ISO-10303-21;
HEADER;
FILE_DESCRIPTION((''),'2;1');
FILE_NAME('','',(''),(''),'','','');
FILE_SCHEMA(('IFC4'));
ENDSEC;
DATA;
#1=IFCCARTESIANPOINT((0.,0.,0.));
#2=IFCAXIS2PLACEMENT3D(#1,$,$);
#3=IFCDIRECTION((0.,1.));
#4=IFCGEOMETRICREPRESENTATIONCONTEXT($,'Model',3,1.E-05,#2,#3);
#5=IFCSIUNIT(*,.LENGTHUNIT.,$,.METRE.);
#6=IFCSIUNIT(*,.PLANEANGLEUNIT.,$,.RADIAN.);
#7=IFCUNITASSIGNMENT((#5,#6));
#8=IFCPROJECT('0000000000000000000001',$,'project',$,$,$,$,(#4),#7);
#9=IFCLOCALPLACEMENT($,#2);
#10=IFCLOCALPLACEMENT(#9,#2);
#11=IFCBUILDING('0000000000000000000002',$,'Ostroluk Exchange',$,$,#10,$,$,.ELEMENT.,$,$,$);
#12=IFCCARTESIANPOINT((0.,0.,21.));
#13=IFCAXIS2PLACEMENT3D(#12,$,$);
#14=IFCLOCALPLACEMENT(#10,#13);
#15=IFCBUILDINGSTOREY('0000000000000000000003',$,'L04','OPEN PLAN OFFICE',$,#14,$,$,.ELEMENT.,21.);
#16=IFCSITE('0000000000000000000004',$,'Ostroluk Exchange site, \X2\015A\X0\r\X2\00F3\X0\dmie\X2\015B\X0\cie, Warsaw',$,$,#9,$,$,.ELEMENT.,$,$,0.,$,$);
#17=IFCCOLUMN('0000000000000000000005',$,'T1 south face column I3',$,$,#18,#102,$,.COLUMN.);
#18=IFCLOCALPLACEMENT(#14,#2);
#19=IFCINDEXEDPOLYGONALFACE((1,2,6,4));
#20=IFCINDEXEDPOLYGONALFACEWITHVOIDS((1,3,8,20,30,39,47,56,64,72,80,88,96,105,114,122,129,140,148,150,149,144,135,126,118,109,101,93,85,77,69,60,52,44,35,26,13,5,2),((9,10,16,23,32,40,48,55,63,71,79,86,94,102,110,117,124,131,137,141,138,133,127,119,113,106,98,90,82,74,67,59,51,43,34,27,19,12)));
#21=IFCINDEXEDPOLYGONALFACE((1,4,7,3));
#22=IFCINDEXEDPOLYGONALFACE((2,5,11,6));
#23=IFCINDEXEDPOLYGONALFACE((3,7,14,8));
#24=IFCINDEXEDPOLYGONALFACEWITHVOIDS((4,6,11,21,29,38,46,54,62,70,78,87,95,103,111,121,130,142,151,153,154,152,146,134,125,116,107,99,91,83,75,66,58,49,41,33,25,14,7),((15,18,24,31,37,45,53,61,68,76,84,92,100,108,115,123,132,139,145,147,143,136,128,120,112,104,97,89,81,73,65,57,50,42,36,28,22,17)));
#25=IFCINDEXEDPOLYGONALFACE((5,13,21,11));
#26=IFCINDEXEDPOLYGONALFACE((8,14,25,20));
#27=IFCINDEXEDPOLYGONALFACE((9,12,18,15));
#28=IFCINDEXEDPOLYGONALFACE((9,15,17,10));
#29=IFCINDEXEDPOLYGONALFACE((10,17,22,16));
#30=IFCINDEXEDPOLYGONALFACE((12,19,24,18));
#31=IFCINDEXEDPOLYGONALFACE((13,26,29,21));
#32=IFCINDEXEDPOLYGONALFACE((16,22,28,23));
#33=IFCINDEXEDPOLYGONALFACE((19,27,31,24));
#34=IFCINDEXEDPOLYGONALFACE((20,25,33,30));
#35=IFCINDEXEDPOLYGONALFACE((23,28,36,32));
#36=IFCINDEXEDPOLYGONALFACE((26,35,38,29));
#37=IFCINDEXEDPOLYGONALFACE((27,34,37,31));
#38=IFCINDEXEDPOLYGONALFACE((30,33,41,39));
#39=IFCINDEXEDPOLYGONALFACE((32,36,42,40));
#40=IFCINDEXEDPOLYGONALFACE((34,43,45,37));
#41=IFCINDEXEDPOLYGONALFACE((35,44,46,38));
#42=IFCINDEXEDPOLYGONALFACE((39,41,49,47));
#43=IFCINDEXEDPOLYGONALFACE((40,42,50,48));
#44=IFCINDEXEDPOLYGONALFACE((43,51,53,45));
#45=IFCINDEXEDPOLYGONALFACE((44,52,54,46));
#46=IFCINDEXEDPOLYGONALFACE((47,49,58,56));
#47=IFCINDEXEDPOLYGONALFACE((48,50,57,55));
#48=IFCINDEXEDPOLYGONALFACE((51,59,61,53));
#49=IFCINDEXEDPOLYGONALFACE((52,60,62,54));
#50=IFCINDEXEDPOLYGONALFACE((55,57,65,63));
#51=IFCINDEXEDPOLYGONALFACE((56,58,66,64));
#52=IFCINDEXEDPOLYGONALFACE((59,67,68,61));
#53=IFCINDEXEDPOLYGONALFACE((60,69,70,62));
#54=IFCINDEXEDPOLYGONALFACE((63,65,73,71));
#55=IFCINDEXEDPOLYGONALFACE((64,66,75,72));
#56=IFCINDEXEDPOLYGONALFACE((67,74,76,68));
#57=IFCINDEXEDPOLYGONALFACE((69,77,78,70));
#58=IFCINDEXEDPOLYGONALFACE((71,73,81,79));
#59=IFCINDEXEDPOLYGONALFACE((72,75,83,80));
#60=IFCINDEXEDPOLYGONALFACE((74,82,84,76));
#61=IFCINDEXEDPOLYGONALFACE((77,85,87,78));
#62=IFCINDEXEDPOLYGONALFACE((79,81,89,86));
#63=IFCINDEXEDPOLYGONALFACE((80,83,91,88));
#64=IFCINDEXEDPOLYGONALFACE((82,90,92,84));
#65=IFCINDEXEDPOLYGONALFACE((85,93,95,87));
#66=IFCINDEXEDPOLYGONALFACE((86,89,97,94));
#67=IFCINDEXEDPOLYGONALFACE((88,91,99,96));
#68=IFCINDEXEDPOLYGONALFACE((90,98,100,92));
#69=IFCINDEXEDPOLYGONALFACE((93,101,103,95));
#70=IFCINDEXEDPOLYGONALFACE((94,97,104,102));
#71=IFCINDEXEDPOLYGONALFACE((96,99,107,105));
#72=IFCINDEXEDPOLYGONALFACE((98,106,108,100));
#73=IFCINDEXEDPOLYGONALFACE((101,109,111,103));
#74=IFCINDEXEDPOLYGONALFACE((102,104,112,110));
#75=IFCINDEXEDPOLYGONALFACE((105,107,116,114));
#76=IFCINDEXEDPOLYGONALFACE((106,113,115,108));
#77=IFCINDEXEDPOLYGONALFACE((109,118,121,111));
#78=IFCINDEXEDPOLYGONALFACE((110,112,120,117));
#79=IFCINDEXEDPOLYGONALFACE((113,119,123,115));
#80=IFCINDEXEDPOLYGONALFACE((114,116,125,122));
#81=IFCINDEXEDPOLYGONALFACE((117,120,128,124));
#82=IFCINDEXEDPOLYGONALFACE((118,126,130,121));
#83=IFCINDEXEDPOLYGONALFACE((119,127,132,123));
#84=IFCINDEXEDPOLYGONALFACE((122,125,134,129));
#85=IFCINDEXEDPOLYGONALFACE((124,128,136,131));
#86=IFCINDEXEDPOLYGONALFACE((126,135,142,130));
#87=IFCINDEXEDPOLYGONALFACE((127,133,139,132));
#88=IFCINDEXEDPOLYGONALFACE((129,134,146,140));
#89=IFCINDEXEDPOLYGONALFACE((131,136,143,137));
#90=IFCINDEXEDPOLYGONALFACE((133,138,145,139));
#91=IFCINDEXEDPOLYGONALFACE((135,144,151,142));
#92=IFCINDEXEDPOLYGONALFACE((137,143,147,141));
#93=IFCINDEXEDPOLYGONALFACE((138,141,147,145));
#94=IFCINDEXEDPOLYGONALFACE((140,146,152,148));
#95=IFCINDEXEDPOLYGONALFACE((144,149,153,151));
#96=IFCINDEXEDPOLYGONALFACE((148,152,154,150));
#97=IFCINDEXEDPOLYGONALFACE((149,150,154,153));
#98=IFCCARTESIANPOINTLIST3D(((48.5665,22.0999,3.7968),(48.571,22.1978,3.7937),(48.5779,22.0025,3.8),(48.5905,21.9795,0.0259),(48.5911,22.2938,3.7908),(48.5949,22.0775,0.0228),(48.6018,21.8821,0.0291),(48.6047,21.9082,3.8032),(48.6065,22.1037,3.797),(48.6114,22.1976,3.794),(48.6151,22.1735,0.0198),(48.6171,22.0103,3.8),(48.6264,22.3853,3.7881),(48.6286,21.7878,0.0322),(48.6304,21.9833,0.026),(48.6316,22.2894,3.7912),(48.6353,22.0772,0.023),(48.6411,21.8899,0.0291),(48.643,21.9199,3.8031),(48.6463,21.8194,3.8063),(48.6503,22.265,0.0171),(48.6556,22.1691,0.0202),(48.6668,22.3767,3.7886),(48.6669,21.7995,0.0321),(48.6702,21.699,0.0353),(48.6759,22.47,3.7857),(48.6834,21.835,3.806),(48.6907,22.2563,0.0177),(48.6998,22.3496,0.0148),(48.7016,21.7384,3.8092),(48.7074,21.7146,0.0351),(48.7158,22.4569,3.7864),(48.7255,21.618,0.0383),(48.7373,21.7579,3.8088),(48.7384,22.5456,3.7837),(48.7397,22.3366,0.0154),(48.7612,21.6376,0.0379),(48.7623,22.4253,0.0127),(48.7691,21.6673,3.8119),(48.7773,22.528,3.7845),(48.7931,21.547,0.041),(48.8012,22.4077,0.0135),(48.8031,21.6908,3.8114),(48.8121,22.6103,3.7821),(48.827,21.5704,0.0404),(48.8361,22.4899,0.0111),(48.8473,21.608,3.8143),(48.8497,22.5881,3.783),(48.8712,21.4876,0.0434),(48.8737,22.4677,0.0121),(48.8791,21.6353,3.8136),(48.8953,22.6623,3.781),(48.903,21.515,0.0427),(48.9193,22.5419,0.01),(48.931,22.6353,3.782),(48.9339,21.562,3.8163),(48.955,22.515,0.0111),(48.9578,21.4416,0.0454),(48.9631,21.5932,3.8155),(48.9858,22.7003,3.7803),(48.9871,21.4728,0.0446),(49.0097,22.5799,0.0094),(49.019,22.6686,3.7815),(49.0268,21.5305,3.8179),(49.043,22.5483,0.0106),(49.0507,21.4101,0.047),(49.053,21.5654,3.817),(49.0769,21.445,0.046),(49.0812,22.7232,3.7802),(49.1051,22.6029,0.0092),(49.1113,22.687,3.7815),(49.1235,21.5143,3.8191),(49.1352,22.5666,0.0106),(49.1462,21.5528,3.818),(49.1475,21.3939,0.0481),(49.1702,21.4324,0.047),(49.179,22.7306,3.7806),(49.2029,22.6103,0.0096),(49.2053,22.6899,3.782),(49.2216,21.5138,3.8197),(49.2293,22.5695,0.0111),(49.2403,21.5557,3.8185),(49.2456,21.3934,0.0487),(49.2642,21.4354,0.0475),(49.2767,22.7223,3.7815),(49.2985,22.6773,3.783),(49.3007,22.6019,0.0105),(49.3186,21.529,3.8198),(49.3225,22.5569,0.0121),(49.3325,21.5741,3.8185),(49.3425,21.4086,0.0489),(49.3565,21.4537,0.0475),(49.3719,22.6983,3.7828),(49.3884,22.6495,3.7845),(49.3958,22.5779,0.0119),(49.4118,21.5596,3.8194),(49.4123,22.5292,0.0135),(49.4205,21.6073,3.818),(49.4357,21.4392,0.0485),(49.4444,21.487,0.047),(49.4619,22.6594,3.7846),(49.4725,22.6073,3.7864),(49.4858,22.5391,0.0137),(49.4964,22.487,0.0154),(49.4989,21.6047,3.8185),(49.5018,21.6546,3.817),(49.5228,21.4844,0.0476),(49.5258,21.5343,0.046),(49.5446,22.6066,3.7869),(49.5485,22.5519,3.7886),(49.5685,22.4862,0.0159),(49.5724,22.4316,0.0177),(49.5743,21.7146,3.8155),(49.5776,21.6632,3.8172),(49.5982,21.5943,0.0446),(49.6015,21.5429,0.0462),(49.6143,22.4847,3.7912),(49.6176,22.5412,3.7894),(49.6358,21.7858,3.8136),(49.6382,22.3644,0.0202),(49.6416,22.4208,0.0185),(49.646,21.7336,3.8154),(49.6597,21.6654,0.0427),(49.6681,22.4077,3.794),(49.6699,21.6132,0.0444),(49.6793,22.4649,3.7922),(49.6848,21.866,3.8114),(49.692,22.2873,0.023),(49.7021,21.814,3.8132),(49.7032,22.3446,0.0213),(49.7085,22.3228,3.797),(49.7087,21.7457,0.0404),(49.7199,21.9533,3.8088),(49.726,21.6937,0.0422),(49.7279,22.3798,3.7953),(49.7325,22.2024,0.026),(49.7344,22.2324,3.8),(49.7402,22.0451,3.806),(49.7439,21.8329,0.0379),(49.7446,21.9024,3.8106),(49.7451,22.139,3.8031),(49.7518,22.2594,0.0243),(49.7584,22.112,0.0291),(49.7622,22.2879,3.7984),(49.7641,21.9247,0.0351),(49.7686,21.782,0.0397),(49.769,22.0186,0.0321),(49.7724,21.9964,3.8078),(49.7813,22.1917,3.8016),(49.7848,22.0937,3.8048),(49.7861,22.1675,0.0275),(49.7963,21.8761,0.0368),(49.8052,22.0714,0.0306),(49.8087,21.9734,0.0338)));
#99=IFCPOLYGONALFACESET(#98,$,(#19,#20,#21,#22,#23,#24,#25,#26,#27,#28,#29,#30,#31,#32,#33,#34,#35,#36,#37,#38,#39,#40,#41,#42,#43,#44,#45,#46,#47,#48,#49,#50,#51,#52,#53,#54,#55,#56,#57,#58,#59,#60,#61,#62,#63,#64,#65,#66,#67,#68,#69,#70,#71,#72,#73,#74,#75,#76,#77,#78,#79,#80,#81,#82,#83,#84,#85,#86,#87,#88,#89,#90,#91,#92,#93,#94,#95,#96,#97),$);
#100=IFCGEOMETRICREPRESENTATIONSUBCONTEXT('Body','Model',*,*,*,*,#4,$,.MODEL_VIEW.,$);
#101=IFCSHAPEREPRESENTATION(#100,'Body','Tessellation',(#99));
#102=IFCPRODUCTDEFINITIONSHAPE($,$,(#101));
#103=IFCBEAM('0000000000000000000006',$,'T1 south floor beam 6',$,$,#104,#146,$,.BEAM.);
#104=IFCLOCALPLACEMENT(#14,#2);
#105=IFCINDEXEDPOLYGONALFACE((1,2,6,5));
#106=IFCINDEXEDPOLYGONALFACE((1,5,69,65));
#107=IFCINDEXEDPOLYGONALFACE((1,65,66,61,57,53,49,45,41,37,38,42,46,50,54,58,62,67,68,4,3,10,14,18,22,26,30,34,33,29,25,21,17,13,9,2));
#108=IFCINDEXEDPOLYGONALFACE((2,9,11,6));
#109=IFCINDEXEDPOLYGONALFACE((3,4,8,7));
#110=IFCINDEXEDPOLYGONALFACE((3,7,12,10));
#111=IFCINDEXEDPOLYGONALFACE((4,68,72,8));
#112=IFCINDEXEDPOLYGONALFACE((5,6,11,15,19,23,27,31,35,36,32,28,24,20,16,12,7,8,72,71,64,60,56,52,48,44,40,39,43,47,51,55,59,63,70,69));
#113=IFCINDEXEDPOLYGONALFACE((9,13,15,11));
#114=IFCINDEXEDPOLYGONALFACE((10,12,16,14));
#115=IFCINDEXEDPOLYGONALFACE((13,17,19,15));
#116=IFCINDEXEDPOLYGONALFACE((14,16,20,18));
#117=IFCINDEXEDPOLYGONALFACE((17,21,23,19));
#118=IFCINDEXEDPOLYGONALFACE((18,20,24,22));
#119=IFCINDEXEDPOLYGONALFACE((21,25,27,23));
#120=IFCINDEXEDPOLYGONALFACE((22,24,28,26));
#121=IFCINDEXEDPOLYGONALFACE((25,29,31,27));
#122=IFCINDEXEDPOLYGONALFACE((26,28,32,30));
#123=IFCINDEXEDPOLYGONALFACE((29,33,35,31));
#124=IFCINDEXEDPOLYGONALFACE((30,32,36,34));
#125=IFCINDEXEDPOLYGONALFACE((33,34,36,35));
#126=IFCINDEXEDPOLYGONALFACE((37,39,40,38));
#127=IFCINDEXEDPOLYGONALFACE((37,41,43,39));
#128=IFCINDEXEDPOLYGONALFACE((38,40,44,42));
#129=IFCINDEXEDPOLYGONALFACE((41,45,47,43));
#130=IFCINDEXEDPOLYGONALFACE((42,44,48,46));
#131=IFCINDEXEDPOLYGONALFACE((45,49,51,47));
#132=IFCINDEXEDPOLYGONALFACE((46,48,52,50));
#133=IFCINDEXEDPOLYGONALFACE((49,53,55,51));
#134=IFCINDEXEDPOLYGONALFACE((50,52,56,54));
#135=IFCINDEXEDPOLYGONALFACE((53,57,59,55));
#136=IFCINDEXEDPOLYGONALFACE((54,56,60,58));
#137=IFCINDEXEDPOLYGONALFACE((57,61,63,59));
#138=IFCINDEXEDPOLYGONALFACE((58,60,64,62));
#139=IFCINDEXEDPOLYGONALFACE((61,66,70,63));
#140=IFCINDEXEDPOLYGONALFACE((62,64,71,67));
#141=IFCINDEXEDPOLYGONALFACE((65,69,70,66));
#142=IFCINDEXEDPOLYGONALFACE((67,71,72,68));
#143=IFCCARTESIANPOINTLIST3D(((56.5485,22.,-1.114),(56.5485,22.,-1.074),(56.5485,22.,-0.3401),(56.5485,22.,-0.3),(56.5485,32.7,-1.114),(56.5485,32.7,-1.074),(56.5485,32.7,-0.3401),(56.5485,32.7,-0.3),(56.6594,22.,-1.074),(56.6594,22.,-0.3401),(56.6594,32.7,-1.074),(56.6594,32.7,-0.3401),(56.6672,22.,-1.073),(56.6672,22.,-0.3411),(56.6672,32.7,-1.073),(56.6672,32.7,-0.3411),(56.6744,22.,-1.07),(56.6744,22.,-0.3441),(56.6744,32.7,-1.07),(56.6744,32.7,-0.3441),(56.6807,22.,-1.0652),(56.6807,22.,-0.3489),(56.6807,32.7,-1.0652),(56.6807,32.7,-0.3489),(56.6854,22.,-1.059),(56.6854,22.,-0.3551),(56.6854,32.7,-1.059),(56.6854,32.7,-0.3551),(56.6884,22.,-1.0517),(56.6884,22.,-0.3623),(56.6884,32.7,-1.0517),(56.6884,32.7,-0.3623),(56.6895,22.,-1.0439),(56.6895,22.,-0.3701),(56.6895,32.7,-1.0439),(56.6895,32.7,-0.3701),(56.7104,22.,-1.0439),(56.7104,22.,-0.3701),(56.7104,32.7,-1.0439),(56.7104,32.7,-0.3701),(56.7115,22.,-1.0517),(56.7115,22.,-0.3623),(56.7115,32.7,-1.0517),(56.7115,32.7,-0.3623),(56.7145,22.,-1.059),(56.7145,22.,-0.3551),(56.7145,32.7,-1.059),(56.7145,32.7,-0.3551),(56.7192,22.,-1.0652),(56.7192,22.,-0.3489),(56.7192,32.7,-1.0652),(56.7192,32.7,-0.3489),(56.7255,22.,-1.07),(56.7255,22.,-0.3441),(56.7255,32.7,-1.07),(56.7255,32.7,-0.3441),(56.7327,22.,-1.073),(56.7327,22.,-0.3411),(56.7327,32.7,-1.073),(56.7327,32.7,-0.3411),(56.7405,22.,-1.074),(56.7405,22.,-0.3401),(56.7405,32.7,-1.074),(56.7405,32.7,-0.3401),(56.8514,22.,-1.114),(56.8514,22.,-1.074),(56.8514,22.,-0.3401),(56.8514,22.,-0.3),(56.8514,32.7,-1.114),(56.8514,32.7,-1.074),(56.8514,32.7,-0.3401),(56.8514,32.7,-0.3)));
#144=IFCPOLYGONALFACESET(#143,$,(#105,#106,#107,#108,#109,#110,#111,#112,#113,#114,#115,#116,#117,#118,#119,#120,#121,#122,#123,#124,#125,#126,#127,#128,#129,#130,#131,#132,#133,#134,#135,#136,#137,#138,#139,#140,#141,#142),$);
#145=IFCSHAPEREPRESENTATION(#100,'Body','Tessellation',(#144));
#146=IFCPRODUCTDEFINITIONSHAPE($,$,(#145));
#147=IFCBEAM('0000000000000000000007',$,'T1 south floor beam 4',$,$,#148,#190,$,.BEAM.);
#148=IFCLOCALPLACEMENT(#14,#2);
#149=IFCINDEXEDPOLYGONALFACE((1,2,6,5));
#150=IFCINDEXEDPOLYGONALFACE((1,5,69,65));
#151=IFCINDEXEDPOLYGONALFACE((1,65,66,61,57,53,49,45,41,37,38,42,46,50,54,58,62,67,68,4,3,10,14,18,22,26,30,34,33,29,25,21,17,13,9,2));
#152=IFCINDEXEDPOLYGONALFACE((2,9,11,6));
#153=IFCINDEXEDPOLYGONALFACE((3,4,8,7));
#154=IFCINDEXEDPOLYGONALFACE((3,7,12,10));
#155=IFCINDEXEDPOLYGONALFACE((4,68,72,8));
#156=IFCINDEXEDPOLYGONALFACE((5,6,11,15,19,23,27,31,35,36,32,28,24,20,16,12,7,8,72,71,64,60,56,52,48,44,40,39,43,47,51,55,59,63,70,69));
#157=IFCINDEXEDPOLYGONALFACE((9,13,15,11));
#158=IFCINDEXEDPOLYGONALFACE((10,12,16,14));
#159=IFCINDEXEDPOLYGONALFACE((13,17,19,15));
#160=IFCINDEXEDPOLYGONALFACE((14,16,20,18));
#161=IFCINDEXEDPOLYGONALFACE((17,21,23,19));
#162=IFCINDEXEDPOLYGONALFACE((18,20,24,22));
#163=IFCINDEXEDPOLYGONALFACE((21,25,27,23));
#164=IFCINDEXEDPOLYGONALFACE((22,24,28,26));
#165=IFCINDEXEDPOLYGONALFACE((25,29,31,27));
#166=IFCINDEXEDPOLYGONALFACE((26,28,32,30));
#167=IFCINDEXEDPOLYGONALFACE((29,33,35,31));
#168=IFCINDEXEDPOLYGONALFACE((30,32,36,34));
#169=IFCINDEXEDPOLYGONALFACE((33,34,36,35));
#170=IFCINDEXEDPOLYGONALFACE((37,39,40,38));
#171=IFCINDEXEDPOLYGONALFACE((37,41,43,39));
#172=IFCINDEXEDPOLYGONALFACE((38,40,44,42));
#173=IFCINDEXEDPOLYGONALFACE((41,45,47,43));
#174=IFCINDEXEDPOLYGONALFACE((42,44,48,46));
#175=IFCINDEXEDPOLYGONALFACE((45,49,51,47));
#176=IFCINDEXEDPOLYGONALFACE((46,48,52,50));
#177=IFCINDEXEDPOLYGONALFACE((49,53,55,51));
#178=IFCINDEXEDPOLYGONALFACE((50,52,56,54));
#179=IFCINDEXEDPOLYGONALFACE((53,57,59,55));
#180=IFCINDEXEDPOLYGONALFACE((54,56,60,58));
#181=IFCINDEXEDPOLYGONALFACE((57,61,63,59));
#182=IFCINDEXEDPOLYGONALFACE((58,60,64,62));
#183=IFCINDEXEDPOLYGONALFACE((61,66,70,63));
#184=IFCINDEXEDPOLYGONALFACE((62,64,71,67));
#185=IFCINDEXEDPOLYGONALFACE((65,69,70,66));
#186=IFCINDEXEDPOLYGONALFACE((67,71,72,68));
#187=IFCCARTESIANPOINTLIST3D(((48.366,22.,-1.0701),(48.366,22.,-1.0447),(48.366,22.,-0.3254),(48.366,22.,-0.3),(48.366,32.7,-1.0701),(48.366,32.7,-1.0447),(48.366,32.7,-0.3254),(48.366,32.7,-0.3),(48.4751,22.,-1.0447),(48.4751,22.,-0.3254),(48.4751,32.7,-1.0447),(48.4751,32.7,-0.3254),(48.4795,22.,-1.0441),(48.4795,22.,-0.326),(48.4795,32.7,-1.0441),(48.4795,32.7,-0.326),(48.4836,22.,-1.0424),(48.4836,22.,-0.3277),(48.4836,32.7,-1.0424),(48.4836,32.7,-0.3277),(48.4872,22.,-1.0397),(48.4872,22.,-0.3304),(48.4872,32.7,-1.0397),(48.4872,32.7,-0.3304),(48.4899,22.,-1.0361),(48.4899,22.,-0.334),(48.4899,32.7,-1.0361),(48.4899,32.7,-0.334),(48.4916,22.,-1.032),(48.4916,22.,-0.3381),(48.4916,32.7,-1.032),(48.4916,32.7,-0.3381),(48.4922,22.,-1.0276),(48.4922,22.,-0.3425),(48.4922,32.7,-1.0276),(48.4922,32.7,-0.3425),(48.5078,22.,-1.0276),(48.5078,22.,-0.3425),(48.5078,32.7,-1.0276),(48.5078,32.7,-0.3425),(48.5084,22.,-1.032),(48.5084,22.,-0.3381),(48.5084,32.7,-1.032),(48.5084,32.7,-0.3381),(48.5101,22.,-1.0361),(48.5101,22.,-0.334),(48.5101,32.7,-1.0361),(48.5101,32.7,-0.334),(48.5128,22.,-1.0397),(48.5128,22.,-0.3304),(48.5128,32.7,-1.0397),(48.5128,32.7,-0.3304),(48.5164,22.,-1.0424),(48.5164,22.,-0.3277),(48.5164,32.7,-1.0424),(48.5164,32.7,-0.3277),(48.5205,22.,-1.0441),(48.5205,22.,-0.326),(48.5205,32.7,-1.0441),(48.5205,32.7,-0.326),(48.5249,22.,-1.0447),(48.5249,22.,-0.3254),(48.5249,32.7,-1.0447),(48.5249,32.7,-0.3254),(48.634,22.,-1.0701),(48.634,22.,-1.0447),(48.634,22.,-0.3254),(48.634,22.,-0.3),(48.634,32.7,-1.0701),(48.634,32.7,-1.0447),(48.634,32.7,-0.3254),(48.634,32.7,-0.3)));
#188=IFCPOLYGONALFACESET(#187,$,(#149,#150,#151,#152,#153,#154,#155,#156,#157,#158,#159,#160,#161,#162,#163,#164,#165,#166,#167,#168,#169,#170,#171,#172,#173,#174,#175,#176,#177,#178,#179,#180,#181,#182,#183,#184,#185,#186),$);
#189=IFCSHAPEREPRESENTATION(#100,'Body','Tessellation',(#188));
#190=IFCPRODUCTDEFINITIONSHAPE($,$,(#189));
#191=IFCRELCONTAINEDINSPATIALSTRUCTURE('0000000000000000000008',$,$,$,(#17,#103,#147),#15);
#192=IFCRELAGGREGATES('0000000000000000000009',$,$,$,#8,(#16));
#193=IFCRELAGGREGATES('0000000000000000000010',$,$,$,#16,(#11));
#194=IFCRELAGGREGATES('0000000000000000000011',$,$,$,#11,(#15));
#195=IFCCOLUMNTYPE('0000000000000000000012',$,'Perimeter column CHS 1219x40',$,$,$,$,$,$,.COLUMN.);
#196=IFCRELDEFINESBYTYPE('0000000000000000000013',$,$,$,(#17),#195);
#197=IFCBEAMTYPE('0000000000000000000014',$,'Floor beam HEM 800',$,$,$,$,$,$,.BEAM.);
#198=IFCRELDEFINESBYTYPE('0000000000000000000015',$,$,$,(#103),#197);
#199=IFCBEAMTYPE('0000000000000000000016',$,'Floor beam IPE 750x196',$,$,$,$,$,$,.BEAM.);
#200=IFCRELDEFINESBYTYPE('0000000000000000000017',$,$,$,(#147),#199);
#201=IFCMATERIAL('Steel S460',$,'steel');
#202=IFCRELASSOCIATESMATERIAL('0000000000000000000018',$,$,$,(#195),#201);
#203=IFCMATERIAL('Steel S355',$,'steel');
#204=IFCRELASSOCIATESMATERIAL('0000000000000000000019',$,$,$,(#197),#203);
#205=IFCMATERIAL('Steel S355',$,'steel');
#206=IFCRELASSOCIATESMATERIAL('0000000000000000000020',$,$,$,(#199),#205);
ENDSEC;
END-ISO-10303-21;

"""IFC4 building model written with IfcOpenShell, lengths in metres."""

from ifc_helpers import new_model, si_unit, direction, frame, origin, origin_2d, place, context, subcontext, project, spatial, hollow_circle, i_section, extrude, material, material_profile, profile_set, type_object, element, save


model = new_model("IFC4")

# Units and contexts
model_context = context("Model", 3, precision=1e-05, world=origin(), true_north=direction((0.0, 1.0)))
body_context = subcontext(model_context, "Body", "Model", "MODEL_VIEW")
ifc_project = project(units=[si_unit("LENGTHUNIT", "METRE"), si_unit("PLANEANGLEUNIT", "RADIAN")], contexts=[model_context])

# Site, building, storey
site_placement = place(None, origin())
site = spatial("IfcSite", under=ifc_project, at=site_placement, Name="Ostroluk Exchange site, Śródmieście, Warsaw", CompositionType="ELEMENT", RefElevation=0.0)
building_placement = place(site_placement, origin())
building = spatial("IfcBuilding", under=site, at=building_placement, Name="Ostroluk Exchange", CompositionType="ELEMENT")
storey_placement = place(building_placement, frame((0.0, 0.0, 21.0)))
storey = spatial("IfcBuildingStorey", under=building, at=storey_placement, Name="L04", Description="OPEN PLAN OFFICE", CompositionType="ELEMENT", Elevation=21.0)

# Column
ifc_material_1 = material(Name="Steel S460", Category="steel")
ifc_material_profile_1 = material_profile(ifc_material_1, hollow_circle(Radius=0.6096, WallThickness=0.04, at=origin_2d()), Name="CHS 1219x40")
ifc_profile_set_1 = profile_set([ifc_material_profile_1], Name="Steel S460")
column_type = type_object("IfcColumnType", Name="Perimeter column CHS 1219x40", PredefinedType="COLUMN", material=ifc_profile_set_1)
column_placement = place(storey_placement, frame((49.1997, 22.001, 0.0291), z_axis=(-0.006341, 0.031901, 0.999471), x_axis=(-0.98081, -0.194968, 0.0)))
element("IfcColumn", 1, at=column_placement, inside=storey, type_object=column_type, Name="T1 south face column I3", PredefinedType="COLUMN", context=body_context, shape_type="SweptSolid", body=[
    extrude(hollow_circle(Radius=0.6096, WallThickness=0.04, at=origin_2d()), origin(), (0.0, 0.0, 1.0), 3.7729),
])

# Beams
ifc_material_2 = material(Name="Steel S355", Category="steel")
ifc_material_profile_2 = material_profile(ifc_material_2, i_section(OverallWidth=0.303, OverallDepth=0.814, WebThickness=0.021, FlangeThickness=0.04, FilletRadius=0.03, at=origin_2d()), Name="HEM 800")
ifc_profile_set_2 = profile_set([ifc_material_profile_2], Name="Steel S355")
beam_type_1 = type_object("IfcBeamType", Name="Floor beam HEM 800", PredefinedType="BEAM", material=ifc_profile_set_2)
beam_1_placement = place(storey_placement, frame((56.7, 32.7, -0.707), z_axis=(0.0, -1.0, 0.0), x_axis=(1.0, 0.0, 0.0)))
element("IfcBeam", 2, at=beam_1_placement, inside=storey, type_object=beam_type_1, Name="T1 south floor beam 6", PredefinedType="BEAM", context=body_context, shape_type="SweptSolid", body=[
    extrude(i_section(OverallWidth=0.303, OverallDepth=0.814, WebThickness=0.021, FlangeThickness=0.04, FilletRadius=0.03, at=origin_2d()), origin(), (0.0, 0.0, 1.0), 10.7),
])
ifc_material_3 = material(Name="Steel S355", Category="steel")
ifc_material_profile_3 = material_profile(ifc_material_3, i_section(OverallWidth=0.2681, OverallDepth=0.77, WebThickness=0.0156, FlangeThickness=0.0254, FilletRadius=0.0171, at=origin_2d()), Name="IPE 750x196")
ifc_profile_set_3 = profile_set([ifc_material_profile_3], Name="Steel S355")
beam_type_2 = type_object("IfcBeamType", Name="Floor beam IPE 750x196", PredefinedType="BEAM", material=ifc_profile_set_3)
for number, where, z_axis, x_axis, name in (
    (3, (48.5, 32.7, -0.6851), (0.0, -1.0, 0.0), (1.0, 0.0, 0.0), "T1 south floor beam 4"),
):
    element("IfcBeam", number, at=place(storey_placement, frame(where, z_axis=z_axis, x_axis=x_axis)), inside=storey, type_object=beam_type_2, Name=name, PredefinedType="BEAM", context=body_context, shape_type="SweptSolid", body=[
        extrude(i_section(OverallWidth=0.2681, OverallDepth=0.77, WebThickness=0.0156, FlangeThickness=0.0254, FilletRadius=0.0171, at=origin_2d()), origin(), (0.0, 0.0, 1.0), 10.7),
    ])

save(model, "model.ifc")
